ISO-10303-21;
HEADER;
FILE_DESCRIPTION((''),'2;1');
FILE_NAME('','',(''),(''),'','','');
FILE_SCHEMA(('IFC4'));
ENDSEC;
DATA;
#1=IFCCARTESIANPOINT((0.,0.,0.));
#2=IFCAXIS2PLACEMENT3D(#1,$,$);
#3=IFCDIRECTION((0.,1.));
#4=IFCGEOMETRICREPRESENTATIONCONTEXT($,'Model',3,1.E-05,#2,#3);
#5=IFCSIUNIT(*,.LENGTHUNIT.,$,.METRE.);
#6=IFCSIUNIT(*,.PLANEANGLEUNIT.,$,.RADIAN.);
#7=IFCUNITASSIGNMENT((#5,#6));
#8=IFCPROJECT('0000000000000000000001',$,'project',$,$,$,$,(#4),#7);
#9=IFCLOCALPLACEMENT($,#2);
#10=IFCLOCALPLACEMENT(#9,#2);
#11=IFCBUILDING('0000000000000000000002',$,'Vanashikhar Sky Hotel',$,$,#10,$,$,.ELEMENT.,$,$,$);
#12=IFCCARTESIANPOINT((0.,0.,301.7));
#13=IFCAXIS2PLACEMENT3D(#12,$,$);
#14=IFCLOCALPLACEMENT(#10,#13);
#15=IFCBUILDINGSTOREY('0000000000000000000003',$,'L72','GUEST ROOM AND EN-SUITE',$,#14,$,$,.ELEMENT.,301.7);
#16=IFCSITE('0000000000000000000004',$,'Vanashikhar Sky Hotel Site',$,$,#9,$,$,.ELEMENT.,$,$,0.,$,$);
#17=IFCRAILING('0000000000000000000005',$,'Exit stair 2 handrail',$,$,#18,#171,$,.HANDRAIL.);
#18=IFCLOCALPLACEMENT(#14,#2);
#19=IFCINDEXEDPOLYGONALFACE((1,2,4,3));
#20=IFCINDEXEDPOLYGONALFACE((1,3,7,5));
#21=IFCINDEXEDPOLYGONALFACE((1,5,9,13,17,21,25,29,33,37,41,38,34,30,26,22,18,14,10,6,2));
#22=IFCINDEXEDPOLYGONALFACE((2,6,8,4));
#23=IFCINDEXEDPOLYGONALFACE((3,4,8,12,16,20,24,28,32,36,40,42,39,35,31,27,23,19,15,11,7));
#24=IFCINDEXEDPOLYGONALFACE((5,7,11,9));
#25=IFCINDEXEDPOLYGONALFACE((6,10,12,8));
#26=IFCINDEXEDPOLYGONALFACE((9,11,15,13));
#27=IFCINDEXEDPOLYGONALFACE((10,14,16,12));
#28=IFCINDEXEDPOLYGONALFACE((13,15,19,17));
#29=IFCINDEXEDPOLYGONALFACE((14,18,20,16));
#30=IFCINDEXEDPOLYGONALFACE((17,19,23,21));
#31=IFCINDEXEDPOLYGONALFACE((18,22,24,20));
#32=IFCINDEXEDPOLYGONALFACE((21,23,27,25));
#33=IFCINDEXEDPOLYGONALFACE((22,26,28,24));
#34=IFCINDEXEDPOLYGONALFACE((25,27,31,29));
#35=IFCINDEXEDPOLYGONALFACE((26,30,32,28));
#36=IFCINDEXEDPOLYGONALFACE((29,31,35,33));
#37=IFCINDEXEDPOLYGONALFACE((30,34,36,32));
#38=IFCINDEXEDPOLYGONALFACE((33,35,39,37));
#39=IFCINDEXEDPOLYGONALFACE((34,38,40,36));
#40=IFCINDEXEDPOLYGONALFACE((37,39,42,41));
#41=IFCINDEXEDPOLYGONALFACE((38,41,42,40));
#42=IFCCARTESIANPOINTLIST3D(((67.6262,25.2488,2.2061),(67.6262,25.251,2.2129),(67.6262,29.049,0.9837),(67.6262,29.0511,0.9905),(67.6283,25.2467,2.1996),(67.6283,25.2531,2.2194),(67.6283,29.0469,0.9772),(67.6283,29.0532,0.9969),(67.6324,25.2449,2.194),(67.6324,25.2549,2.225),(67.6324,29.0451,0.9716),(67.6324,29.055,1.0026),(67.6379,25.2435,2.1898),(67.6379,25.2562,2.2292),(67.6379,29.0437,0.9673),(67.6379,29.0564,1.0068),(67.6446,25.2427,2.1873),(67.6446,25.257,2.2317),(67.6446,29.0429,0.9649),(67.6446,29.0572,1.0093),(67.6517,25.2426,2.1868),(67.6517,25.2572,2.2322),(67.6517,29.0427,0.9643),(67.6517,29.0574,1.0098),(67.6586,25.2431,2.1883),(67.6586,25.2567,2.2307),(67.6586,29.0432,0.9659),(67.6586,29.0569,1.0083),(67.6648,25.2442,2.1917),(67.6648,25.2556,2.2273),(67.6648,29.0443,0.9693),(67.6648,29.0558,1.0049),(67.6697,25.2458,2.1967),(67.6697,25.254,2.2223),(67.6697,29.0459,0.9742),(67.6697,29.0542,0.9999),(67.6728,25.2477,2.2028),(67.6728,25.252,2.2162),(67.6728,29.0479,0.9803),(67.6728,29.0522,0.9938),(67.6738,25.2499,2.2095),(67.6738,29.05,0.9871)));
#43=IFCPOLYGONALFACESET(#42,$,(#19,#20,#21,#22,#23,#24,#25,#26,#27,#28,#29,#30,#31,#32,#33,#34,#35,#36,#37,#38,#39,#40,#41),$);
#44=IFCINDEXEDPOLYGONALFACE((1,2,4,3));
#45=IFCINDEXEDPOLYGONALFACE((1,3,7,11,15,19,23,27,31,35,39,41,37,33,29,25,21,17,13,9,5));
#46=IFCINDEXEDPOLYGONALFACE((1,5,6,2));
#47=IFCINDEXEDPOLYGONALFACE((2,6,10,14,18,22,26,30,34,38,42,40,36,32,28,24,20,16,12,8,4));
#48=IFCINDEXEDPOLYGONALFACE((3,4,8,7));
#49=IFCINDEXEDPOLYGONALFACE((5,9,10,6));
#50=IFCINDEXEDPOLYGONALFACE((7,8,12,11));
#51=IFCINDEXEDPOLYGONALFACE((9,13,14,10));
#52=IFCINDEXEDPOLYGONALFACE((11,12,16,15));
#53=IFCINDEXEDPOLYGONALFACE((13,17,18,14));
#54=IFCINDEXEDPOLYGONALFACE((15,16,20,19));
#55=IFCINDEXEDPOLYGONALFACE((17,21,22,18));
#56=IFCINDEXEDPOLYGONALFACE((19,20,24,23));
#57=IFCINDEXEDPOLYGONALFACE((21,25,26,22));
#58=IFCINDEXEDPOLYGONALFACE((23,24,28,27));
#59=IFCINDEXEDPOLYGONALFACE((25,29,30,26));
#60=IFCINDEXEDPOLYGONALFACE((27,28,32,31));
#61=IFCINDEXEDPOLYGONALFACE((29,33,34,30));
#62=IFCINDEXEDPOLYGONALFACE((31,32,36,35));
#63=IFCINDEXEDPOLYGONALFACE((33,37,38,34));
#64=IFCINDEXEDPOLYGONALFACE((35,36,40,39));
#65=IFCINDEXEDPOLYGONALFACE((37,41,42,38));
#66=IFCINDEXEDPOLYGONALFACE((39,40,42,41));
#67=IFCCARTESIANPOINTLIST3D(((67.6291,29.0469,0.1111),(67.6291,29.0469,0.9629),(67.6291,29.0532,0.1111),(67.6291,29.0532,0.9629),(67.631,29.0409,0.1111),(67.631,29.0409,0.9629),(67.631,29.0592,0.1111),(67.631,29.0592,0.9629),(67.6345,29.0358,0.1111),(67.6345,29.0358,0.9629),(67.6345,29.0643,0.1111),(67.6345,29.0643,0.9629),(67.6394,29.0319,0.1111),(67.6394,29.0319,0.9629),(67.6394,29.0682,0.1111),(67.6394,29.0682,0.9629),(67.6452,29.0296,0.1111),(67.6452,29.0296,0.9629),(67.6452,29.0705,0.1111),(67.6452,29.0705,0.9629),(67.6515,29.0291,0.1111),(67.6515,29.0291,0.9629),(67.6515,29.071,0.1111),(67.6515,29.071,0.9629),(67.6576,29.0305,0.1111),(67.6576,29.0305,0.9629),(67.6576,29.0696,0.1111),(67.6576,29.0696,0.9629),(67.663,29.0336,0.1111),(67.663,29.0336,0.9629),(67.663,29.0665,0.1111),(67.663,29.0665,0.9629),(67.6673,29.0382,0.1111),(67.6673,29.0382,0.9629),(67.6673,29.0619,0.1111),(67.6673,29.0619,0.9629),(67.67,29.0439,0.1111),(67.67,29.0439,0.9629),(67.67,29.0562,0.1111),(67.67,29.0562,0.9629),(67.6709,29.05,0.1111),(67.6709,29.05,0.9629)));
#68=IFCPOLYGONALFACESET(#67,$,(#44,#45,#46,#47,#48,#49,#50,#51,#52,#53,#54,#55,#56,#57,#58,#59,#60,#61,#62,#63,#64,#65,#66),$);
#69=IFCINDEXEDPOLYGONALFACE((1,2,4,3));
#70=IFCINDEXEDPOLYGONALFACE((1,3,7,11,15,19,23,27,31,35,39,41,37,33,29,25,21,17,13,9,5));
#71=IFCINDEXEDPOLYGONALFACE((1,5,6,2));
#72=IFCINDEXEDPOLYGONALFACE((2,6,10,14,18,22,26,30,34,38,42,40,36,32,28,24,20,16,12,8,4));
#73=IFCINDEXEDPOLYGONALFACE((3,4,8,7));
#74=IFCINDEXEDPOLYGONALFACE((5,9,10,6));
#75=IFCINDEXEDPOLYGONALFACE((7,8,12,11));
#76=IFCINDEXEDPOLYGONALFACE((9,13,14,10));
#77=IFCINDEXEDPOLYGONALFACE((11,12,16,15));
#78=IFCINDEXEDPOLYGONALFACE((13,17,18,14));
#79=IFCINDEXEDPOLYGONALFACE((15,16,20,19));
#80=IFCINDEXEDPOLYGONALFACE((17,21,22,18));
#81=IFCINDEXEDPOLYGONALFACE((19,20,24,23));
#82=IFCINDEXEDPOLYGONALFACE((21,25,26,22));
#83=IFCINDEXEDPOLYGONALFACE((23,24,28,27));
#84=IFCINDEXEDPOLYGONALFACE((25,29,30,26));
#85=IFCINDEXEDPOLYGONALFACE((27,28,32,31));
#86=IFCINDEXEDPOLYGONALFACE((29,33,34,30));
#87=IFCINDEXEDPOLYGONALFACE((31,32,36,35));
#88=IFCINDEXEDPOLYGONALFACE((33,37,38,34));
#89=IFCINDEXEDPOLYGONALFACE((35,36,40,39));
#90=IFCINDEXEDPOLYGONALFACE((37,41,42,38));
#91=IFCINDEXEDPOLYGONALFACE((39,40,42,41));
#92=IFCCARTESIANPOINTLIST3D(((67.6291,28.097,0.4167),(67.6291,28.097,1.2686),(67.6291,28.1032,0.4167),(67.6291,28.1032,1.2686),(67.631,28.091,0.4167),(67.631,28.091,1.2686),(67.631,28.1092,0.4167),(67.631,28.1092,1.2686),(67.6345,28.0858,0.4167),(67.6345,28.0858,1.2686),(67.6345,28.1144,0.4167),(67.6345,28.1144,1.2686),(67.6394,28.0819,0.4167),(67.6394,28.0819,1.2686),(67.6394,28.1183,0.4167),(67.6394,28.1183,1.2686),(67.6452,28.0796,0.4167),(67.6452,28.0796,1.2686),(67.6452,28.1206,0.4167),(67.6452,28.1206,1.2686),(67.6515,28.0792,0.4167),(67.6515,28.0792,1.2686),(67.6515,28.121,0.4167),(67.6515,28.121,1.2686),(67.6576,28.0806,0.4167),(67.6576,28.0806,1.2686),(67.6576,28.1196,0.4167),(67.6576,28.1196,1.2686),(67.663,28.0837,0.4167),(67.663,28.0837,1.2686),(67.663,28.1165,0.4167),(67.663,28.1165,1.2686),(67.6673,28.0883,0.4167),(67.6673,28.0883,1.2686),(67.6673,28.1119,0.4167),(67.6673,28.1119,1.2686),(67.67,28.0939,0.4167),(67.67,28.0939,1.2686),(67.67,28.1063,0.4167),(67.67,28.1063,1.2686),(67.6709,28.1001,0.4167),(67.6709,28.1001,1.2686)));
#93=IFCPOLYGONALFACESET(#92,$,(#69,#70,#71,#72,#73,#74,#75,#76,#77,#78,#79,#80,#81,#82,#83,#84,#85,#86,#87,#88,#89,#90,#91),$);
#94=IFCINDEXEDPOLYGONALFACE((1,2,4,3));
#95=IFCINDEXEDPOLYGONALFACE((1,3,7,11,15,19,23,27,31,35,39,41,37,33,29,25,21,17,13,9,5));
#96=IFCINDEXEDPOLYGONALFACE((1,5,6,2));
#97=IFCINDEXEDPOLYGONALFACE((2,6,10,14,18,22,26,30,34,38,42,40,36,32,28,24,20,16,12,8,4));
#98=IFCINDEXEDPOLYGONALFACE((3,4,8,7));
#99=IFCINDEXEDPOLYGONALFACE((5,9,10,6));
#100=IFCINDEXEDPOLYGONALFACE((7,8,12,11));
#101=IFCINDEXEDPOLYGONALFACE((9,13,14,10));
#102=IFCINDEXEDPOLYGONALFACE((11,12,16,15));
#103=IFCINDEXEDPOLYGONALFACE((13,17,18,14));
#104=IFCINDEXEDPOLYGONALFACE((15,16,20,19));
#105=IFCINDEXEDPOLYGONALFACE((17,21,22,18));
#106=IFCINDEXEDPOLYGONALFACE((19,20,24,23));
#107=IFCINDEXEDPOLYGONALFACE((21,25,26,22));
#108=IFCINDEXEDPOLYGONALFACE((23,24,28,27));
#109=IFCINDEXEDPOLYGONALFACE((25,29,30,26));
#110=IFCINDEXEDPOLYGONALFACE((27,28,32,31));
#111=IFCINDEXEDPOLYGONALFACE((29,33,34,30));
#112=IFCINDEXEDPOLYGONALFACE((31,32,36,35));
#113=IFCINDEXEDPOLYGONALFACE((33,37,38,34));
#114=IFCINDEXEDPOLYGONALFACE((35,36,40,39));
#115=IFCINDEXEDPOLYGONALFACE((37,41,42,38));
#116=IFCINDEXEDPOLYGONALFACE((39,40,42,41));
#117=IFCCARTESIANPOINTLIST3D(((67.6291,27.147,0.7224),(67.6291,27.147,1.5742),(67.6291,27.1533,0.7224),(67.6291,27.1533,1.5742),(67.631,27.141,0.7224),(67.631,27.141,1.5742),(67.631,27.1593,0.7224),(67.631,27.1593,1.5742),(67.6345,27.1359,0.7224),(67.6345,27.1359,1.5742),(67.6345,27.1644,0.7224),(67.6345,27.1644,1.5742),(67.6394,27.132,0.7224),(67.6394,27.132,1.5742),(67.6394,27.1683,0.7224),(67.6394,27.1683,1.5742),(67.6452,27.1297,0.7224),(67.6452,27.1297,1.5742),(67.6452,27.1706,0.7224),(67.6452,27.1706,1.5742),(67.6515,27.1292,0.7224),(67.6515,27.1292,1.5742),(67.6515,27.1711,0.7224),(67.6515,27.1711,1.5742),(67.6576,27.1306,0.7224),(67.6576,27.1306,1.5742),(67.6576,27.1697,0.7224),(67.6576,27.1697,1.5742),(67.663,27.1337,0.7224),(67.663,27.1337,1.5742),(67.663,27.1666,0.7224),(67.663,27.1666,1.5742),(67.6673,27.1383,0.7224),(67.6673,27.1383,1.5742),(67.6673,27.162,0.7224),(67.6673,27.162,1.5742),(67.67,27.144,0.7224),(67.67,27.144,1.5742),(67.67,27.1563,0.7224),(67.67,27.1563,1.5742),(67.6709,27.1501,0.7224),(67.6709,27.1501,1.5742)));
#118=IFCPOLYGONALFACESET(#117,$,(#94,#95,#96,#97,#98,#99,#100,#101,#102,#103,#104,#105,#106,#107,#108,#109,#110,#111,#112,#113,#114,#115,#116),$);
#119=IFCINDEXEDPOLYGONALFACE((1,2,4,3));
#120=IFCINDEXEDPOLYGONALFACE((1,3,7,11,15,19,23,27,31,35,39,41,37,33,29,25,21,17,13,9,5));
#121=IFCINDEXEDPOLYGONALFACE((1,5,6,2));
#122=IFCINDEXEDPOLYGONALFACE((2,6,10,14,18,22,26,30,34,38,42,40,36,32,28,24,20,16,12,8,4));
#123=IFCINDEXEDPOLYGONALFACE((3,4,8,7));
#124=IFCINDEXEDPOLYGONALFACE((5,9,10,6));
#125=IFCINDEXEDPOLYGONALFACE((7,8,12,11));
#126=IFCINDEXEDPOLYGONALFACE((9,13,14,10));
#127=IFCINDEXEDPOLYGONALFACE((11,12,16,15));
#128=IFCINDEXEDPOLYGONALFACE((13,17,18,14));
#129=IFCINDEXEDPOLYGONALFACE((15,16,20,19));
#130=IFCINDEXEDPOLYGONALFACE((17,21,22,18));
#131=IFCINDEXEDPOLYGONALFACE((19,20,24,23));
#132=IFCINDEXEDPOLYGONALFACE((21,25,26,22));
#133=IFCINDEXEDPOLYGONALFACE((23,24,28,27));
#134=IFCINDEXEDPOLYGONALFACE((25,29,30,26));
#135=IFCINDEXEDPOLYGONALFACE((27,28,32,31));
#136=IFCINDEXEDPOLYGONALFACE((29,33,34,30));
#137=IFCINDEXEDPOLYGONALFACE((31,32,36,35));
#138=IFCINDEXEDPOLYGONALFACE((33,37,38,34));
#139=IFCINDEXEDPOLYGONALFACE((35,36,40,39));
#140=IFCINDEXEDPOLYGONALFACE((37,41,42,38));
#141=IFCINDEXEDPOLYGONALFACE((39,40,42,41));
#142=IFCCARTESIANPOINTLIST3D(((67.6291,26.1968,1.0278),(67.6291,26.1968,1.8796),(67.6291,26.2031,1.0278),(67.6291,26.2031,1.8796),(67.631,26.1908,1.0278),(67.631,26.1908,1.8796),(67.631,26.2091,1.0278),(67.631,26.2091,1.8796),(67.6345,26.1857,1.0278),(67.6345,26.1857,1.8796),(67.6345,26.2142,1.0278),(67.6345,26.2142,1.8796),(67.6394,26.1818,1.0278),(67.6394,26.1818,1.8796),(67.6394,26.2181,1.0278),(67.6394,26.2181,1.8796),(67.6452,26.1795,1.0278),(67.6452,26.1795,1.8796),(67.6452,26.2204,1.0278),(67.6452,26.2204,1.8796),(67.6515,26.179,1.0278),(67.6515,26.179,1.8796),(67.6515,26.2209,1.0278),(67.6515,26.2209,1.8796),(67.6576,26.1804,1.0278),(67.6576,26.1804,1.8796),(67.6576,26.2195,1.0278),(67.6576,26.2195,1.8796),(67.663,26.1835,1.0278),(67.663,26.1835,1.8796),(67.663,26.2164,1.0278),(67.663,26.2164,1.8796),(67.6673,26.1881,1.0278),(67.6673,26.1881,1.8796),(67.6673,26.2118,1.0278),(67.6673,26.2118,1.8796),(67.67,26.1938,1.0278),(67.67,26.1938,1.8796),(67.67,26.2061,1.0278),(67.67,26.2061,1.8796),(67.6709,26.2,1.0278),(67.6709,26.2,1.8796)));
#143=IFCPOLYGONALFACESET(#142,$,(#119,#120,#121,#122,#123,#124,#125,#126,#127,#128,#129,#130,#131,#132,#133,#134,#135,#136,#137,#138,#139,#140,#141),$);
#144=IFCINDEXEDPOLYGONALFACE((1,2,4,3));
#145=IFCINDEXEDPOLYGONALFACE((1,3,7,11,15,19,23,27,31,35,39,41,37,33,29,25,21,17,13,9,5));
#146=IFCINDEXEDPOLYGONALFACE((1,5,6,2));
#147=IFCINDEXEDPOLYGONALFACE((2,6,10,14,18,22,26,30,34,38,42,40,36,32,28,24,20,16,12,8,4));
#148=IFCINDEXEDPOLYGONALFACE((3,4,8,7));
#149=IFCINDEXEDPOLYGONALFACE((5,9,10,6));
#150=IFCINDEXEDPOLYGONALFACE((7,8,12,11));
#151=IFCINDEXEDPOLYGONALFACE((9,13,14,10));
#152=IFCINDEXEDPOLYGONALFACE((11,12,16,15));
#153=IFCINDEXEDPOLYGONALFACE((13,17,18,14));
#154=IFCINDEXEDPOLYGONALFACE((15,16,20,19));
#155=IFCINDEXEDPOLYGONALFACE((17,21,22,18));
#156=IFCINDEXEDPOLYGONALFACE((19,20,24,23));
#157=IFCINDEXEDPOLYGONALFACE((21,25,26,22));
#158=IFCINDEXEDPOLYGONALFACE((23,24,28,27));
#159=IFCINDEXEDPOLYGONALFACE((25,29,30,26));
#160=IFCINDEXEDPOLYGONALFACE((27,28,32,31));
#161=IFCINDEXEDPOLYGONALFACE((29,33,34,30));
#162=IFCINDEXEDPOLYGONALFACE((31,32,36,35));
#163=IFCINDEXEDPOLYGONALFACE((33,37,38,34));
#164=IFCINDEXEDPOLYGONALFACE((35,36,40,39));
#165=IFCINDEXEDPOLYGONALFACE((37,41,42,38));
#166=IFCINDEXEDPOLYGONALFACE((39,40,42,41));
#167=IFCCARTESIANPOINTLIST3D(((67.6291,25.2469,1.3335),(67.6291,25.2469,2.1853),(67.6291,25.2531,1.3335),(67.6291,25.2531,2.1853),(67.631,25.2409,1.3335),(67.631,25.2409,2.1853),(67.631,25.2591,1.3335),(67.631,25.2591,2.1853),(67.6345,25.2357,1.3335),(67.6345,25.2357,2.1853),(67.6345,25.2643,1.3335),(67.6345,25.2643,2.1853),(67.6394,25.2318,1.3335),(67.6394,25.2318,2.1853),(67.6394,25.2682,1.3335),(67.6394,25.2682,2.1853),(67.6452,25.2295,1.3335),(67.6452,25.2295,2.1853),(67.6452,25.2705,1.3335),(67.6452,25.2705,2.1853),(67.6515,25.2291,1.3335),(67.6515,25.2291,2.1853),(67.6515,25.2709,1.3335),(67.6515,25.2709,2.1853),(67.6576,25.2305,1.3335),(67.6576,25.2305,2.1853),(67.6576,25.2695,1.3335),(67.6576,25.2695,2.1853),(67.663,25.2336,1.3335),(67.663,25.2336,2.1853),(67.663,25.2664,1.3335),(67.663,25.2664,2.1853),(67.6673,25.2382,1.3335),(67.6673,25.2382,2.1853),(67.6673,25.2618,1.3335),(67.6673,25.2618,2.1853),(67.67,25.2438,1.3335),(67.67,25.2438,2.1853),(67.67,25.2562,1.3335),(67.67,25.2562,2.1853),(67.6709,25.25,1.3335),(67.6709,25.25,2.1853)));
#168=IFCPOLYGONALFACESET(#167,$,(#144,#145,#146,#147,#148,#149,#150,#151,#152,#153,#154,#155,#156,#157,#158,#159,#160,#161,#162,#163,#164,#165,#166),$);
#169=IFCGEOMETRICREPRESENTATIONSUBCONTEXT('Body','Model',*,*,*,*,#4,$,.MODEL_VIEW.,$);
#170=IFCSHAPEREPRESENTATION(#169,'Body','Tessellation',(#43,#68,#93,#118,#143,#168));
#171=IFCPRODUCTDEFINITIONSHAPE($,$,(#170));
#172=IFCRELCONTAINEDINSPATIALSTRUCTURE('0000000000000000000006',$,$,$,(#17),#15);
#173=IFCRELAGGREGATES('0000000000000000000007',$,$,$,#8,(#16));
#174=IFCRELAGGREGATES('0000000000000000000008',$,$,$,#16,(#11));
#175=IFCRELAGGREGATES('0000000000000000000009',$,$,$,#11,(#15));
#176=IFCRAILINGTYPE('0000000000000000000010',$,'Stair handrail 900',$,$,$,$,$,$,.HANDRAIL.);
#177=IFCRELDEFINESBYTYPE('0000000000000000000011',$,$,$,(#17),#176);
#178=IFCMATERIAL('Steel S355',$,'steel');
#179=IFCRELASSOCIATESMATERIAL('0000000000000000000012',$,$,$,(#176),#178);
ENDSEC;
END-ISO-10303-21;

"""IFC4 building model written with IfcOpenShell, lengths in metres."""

from ifc_helpers import new_model, si_unit, direction, frame, origin, origin_2d, place, context, subcontext, project, spatial, circle, extrude, source, transform, mapped, material, type_object, element, save


model = new_model("IFC4")

# Units and contexts
model_context = context("Model", 3, precision=1e-05, world=origin(), true_north=direction((0.0, 1.0)))
body_context = subcontext(model_context, "Body", "Model", "MODEL_VIEW")
ifc_project = project(units=[si_unit("LENGTHUNIT", "METRE"), si_unit("PLANEANGLEUNIT", "RADIAN")], contexts=[model_context])

# Site, building, storey
site_placement = place(None, origin())
site = spatial("IfcSite", under=ifc_project, at=site_placement, Name="Vanashikhar Sky Hotel Site", CompositionType="ELEMENT", RefElevation=0.0)
building_placement = place(site_placement, origin())
building = spatial("IfcBuilding", under=site, at=building_placement, Name="Vanashikhar Sky Hotel", CompositionType="ELEMENT")
storey_placement = place(building_placement, frame((0.0, 0.0, 301.7)))
storey = spatial("IfcBuildingStorey", under=building, at=storey_placement, Name="L72", Description="GUEST ROOM AND EN-SUITE", CompositionType="ELEMENT", Elevation=301.7)

# Railing
ifc_material_1 = material(Name="Steel S355", Category="steel")
railing_type_1 = type_object("IfcRailingType", Name="Stair handrail 900", PredefinedType="HANDRAIL", material=ifc_material_1)
shared_shape_1 = source(origin(), body_context, "Body", "SweptSolid", [
    extrude(circle(Radius=0.0239, at=origin_2d()), frame((0.0, 0.0, 0.876), z_axis=(0.0, -0.951958, 0.306229), x_axis=(1.0, 0.0, 0.0)), (0.0, 0.0, 1.0), 3.9919),
    extrude(circle(Radius=0.021, at=origin_2d()), origin(), (0.0, 0.0, 1.0), 0.8518),
    extrude(circle(Radius=0.021, at=origin_2d()), frame((0.0, -0.95, 0.3057)), (0.0, 0.0, 1.0), 0.8518),
    extrude(circle(Radius=0.021, at=origin_2d()), frame((0.0, -1.8999, 0.6113)), (0.0, 0.0, 1.0), 0.8518),
    extrude(circle(Radius=0.021, at=origin_2d()), frame((0.0, -2.8501, 0.9167)), (0.0, 0.0, 1.0), 0.8518),
    extrude(circle(Radius=0.021, at=origin_2d()), frame((0.0, -3.8, 1.2224)), (0.0, 0.0, 1.0), 0.8518),
])
for number, where, name in (
    (1, (67.6499, 29.05, 0.1111), "Exit stair 2 handrail"),
):
    element("IfcRailing", number, at=place(storey_placement, frame(where)), inside=storey, type_object=railing_type_1, Name=name, PredefinedType="HANDRAIL", context=body_context, shape_type="MappedRepresentation", body=[
        mapped(shared_shape_1, transform((0.0, 0.0, 0.0), scale=1.0)),
    ])

save(model, "model.ifc")
